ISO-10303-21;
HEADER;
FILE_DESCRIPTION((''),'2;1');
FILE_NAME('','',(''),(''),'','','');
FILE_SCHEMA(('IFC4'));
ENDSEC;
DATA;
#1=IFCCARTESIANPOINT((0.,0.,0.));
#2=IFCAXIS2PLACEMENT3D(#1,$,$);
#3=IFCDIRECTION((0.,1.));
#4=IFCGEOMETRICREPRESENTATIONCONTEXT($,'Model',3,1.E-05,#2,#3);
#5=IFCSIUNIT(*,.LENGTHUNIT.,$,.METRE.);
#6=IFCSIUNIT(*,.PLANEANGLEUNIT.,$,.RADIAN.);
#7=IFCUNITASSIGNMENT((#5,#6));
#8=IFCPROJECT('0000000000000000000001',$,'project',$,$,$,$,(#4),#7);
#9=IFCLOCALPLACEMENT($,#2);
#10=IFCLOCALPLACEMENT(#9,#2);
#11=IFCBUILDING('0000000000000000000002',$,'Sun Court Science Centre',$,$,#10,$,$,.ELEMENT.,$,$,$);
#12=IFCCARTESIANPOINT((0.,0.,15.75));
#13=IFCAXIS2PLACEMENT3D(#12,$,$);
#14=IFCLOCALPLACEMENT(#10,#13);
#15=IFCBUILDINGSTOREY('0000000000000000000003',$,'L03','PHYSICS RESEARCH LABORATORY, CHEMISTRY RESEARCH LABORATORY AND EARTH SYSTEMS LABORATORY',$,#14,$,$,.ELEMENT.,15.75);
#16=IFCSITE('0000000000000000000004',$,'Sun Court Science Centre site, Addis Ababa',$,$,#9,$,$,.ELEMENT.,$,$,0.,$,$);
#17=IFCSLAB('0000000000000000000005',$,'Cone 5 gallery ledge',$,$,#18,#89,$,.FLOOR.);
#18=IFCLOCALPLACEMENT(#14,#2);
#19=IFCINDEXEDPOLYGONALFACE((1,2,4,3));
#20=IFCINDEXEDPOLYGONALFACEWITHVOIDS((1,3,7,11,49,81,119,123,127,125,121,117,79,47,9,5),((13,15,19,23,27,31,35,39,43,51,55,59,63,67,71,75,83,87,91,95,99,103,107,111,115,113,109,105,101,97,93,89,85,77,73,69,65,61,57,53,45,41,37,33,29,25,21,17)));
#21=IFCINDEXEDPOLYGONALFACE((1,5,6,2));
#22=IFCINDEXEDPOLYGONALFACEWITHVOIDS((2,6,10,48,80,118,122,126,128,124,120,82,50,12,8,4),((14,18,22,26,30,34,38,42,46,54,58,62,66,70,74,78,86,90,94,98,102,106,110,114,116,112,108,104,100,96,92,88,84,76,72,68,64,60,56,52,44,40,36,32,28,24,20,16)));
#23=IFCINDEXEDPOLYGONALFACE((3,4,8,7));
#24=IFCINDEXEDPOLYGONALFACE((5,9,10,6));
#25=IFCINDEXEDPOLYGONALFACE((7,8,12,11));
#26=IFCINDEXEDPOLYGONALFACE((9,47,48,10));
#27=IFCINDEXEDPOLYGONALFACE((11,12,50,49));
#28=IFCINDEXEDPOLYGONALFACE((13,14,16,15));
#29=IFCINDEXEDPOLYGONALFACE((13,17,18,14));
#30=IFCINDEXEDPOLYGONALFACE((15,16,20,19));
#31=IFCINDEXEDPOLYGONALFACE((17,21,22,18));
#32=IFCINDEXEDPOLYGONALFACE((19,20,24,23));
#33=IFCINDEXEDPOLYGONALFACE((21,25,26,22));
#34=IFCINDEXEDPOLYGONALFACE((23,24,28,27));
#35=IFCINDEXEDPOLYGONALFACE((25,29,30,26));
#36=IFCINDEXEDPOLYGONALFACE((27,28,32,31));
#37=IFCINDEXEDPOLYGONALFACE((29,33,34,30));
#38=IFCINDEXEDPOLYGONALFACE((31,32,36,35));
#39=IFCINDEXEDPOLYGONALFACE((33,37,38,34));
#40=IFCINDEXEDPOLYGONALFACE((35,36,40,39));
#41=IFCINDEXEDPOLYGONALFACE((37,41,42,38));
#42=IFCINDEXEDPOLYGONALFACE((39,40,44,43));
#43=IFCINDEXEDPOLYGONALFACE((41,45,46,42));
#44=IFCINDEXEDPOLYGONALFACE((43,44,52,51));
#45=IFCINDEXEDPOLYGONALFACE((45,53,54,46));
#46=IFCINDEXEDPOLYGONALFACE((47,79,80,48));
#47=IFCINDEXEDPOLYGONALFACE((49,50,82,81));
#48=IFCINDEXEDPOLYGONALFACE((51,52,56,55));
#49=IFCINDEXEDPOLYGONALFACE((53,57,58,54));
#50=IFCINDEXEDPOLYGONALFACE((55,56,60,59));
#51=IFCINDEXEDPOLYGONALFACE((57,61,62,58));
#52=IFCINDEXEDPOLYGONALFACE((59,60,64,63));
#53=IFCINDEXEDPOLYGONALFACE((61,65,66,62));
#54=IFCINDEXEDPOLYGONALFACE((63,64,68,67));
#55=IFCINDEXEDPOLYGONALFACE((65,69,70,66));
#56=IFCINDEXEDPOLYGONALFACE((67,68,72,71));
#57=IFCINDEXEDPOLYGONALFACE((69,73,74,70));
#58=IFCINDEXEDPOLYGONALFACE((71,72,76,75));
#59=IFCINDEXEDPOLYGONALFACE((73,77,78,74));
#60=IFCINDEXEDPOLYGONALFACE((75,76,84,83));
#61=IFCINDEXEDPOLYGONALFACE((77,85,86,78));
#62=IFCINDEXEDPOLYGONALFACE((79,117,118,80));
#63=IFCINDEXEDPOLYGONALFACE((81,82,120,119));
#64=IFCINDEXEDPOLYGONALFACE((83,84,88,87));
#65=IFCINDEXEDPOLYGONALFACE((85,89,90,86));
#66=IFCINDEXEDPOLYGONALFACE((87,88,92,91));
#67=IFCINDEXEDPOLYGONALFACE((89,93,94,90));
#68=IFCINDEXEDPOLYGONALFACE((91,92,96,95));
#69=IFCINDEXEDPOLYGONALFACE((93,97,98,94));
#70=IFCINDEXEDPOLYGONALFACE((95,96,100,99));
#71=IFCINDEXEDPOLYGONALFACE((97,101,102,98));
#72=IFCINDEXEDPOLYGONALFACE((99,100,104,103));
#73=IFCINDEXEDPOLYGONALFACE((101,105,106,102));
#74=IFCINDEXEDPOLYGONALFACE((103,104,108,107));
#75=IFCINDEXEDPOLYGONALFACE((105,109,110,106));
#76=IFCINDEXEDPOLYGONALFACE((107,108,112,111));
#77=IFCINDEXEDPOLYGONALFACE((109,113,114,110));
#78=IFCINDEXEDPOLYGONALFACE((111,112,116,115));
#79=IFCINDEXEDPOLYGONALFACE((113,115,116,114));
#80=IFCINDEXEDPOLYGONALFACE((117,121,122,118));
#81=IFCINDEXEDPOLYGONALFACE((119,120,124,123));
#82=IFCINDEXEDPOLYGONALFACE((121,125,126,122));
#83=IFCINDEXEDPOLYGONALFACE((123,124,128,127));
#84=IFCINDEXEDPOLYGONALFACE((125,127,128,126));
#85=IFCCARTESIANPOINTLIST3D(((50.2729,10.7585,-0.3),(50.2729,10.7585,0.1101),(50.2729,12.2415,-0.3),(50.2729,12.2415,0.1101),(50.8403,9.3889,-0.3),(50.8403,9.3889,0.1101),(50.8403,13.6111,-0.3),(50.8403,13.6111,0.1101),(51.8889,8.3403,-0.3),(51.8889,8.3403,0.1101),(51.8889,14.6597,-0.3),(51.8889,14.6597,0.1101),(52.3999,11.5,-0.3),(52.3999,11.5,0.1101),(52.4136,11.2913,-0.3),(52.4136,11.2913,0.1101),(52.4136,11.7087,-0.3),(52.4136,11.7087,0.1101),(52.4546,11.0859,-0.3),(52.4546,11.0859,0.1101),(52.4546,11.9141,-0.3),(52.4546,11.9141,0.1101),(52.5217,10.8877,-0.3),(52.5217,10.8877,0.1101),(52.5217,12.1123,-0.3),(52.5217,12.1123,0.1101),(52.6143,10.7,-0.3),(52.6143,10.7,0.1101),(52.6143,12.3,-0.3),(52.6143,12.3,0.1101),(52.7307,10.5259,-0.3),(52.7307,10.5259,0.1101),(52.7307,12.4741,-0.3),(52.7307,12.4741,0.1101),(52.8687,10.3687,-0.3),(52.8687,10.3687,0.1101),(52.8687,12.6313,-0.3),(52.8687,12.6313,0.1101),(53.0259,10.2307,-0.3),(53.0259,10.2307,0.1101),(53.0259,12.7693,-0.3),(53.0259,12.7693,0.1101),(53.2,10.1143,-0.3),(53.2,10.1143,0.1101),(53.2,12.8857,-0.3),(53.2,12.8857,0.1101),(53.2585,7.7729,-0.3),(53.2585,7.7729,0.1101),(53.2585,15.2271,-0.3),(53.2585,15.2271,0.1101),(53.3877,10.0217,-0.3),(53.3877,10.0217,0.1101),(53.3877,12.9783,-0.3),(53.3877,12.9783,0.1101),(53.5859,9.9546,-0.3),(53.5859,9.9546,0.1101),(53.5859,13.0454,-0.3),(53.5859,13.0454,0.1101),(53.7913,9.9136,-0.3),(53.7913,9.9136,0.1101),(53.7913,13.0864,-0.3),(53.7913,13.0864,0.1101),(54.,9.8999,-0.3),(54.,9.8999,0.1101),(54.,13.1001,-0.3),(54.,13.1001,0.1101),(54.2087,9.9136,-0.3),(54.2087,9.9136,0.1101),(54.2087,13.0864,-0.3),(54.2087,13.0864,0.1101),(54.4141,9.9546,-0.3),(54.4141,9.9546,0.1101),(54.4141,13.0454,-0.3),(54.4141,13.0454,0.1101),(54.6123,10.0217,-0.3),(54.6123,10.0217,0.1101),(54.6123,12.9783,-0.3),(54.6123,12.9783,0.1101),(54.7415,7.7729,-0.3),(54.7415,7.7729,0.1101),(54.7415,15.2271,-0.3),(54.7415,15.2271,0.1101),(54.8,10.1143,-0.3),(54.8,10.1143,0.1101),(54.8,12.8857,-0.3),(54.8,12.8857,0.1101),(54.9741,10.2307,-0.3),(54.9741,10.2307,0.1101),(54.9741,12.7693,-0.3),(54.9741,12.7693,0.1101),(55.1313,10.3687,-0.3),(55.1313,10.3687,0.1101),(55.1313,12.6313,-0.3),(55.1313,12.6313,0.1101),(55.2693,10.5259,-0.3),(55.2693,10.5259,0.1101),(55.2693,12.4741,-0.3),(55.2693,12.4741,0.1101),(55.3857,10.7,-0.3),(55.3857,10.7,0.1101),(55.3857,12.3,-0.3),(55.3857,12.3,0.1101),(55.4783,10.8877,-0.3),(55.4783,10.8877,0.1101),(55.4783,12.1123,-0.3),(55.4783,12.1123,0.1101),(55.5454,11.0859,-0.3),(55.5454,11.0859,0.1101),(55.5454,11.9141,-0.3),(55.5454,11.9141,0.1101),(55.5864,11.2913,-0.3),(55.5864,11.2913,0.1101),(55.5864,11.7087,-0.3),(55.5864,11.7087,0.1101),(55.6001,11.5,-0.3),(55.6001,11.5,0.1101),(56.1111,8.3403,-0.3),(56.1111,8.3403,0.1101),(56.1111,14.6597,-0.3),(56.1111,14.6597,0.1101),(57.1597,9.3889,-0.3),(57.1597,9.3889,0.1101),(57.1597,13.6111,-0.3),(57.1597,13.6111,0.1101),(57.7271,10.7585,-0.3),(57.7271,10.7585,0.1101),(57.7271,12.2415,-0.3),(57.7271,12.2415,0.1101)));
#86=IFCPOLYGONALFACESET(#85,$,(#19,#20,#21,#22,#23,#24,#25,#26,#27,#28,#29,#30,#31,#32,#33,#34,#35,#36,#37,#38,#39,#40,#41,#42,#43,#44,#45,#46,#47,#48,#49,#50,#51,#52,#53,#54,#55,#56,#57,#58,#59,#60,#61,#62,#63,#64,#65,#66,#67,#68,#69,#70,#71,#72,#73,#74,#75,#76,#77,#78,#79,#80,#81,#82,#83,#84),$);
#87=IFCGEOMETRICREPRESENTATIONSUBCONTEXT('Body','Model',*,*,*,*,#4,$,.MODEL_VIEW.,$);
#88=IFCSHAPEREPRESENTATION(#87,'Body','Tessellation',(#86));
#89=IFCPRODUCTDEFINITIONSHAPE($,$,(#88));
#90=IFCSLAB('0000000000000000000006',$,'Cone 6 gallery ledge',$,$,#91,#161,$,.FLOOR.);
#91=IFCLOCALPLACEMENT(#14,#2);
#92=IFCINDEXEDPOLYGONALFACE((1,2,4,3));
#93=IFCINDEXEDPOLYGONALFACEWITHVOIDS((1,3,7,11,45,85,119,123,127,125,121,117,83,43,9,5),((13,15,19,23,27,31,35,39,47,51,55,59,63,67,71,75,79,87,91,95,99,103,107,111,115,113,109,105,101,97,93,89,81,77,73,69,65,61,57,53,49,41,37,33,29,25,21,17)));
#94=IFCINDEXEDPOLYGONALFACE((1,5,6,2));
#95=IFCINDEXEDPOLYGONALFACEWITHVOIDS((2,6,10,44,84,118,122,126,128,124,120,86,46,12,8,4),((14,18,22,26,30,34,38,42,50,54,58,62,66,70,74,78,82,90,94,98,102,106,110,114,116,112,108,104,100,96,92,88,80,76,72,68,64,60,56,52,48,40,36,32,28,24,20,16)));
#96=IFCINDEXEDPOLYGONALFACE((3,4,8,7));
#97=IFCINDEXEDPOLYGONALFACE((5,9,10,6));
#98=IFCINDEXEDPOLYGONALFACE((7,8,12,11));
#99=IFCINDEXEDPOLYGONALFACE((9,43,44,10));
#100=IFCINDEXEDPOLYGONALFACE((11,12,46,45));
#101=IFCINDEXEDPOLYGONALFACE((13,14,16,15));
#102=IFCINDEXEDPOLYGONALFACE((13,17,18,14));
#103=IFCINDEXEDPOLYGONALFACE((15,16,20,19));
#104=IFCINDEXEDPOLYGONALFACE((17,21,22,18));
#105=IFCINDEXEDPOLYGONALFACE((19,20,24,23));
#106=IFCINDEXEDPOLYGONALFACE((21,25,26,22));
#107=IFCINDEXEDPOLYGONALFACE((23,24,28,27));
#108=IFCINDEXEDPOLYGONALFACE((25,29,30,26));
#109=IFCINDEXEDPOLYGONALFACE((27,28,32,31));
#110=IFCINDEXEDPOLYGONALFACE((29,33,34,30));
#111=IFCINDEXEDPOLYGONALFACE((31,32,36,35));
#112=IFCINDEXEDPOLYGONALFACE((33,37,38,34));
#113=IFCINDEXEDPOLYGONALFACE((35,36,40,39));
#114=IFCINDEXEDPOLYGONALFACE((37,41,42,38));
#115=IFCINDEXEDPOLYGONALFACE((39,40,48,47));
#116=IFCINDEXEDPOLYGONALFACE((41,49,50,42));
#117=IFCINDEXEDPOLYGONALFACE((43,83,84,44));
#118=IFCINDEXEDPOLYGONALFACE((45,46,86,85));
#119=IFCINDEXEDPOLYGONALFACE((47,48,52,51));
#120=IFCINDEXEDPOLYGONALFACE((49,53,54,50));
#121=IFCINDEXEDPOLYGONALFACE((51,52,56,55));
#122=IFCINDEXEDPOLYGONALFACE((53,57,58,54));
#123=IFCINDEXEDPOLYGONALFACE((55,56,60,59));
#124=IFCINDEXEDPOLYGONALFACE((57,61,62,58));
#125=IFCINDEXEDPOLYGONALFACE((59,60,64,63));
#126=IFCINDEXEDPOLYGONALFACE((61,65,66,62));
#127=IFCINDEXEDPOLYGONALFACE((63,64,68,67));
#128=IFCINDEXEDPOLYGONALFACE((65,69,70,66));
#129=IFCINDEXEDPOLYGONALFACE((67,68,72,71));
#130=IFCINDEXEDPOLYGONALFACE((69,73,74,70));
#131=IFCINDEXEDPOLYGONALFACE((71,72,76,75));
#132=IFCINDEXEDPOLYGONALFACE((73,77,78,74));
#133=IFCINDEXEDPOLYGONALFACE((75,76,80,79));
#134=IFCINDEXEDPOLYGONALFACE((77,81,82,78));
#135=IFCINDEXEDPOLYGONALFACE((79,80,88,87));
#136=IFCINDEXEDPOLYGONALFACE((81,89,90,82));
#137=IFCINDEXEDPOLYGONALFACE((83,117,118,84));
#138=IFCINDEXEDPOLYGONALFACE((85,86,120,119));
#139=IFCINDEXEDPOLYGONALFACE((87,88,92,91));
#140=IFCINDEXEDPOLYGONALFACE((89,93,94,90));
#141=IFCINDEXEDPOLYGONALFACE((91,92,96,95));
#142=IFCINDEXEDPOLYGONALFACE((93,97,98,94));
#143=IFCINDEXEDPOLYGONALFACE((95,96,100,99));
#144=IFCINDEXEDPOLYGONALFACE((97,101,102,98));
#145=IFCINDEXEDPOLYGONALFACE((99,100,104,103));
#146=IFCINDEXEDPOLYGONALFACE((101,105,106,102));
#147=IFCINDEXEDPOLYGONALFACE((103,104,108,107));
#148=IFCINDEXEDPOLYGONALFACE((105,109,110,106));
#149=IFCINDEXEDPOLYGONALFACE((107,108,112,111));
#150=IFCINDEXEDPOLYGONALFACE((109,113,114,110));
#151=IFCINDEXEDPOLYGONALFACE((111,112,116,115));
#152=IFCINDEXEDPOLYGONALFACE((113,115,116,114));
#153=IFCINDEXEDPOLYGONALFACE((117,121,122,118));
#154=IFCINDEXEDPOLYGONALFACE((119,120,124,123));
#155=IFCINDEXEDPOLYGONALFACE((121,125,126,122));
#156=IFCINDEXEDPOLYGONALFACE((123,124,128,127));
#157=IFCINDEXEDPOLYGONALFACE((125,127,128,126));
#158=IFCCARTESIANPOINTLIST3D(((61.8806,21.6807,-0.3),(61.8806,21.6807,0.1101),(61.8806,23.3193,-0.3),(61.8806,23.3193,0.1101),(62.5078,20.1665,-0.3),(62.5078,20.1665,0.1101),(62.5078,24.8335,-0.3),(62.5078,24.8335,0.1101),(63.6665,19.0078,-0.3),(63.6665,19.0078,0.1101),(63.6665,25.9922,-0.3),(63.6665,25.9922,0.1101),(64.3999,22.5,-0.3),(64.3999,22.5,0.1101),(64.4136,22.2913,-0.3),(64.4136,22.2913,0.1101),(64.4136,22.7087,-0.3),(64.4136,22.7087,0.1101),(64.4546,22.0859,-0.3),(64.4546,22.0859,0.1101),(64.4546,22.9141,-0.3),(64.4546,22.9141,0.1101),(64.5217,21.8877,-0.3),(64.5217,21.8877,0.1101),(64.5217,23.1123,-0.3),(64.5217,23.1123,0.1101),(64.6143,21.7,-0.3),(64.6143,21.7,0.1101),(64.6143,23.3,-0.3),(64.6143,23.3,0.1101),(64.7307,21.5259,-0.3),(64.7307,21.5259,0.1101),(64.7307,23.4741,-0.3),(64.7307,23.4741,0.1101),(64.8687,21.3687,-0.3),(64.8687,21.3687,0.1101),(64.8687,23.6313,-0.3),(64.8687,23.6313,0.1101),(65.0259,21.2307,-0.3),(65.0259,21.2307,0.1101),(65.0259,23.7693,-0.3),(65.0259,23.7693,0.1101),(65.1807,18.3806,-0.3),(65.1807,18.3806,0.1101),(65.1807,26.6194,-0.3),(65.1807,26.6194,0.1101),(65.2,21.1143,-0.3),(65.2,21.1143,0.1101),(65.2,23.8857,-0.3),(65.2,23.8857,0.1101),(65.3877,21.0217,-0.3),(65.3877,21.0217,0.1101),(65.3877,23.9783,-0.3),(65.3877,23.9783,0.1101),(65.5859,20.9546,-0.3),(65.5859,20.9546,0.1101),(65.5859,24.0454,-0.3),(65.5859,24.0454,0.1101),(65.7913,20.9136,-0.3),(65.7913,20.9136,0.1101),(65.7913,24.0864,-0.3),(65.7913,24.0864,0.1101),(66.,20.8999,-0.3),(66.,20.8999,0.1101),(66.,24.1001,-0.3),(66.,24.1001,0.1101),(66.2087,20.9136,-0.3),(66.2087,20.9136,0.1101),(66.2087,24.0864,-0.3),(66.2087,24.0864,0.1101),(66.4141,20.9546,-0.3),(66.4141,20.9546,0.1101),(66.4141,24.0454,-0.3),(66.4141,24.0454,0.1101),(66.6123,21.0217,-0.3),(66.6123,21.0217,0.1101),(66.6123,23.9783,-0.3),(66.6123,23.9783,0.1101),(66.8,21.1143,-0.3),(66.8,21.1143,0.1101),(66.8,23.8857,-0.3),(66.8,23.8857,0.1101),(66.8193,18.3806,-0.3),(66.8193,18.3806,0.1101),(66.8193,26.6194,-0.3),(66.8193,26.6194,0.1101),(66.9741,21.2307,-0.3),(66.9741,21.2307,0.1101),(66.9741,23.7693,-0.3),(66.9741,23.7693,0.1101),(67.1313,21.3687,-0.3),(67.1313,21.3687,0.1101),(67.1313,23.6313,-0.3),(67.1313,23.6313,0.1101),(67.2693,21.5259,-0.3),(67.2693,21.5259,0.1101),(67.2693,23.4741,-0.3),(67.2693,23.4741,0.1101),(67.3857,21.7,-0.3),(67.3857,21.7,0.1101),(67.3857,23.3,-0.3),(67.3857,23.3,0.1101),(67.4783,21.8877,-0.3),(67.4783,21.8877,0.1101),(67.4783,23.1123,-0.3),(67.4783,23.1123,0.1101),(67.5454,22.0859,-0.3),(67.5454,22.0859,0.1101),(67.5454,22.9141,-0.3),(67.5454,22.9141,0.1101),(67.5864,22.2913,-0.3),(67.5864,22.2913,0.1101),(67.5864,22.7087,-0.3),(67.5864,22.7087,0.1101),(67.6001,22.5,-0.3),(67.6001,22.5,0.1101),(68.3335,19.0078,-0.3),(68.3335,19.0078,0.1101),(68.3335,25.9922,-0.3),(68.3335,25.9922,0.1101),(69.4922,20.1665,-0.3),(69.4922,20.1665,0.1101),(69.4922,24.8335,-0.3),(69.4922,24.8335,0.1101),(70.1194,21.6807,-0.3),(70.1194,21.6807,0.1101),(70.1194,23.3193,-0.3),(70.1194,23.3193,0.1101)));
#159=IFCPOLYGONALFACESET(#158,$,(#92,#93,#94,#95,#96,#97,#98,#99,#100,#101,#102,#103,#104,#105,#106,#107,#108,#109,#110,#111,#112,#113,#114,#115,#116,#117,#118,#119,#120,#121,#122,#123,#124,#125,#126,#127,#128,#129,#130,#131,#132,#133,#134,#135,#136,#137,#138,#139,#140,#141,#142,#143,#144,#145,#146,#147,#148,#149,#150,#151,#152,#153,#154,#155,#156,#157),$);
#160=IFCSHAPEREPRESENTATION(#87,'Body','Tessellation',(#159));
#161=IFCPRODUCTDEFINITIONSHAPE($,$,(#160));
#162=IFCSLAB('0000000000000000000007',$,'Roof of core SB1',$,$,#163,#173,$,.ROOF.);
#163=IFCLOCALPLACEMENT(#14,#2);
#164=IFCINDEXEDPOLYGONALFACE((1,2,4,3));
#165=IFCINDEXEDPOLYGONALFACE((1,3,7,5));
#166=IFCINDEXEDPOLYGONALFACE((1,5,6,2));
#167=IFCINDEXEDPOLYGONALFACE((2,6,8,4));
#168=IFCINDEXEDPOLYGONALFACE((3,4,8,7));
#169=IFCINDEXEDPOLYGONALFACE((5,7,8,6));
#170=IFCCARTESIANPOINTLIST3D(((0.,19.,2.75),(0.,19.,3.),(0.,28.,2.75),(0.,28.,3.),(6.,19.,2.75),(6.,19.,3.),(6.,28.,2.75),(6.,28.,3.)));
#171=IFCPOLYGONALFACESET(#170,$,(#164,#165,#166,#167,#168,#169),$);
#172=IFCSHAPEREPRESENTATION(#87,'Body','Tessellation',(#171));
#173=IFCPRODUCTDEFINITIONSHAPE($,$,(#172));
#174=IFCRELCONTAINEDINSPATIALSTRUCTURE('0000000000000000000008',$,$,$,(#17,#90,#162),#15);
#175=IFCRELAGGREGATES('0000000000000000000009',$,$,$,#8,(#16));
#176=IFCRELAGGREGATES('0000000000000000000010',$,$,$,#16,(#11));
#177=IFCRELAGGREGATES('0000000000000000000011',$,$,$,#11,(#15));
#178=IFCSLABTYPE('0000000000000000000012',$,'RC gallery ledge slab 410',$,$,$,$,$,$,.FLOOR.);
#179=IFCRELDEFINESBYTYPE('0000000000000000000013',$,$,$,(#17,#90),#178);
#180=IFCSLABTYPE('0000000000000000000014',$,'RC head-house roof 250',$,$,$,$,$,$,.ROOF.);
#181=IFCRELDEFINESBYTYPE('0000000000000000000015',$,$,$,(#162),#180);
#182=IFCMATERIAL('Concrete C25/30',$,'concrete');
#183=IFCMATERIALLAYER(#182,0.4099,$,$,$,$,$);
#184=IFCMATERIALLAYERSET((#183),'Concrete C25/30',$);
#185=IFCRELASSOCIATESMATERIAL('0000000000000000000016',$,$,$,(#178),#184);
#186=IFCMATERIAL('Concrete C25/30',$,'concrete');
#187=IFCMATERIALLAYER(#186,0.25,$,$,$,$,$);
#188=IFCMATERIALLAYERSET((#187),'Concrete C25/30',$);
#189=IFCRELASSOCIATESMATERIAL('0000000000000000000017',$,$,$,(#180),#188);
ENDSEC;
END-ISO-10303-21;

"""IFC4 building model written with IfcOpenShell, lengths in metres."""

from ifc_helpers import new_model, si_unit, direction, frame, origin, place, context, subcontext, project, spatial, polyline, outline, extrude, material, layer, layer_set, type_object, element, save


model = new_model("IFC4")

# Units and contexts
model_context = context("Model", 3, precision=1e-05, world=origin(), true_north=direction((0.0, 1.0)))
body_context = subcontext(model_context, "Body", "Model", "MODEL_VIEW")
ifc_project = project(units=[si_unit("LENGTHUNIT", "METRE"), si_unit("PLANEANGLEUNIT", "RADIAN")], contexts=[model_context])

# Site, building, storey
site_placement = place(None, origin())
site = spatial("IfcSite", under=ifc_project, at=site_placement, Name="Sun Court Science Centre site, Addis Ababa", CompositionType="ELEMENT", RefElevation=0.0)
building_placement = place(site_placement, origin())
building = spatial("IfcBuilding", under=site, at=building_placement, Name="Sun Court Science Centre", CompositionType="ELEMENT")
storey_placement = place(building_placement, frame((0.0, 0.0, 15.75)))
storey = spatial("IfcBuildingStorey", under=building, at=storey_placement, Name="L03", Description="PHYSICS RESEARCH LABORATORY, CHEMISTRY RESEARCH LABORATORY AND EARTH SYSTEMS LABORATORY", CompositionType="ELEMENT", Elevation=15.75)

# Slabs
ifc_material_1 = material(Name="Concrete C25/30", Category="concrete")
ifc_layer_1 = layer(ifc_material_1, 0.4099)
ifc_layer_set_1 = layer_set([ifc_layer_1], Name="Concrete C25/30")
slab_type_1 = type_object("IfcSlabType", Name="RC gallery ledge slab 410", PredefinedType="FLOOR", material=ifc_layer_set_1)
slab_1_placement = place(storey_placement, frame((0.0, 0.0, -0.3)))
element("IfcSlab", 1, at=slab_1_placement, inside=storey, type_object=slab_type_1, Name="Cone 5 gallery ledge", PredefinedType="FLOOR", context=body_context, shape_type="SweptSolid", body=[
    extrude(outline(polyline([(57.7271, 10.7585), (57.7271, 12.2415), (57.1597, 13.6111), (56.1111, 14.6597), (54.7415, 15.2271), (53.2585, 15.2271), (51.8889, 14.6597), (50.8403, 13.6111), (50.2729, 12.2415), (50.2729, 10.7585), (50.8403, 9.3889), (51.8889, 8.3403), (53.2585, 7.7729), (54.7415, 7.7729), (56.1111, 8.3403), (57.1597, 9.3889), (57.7271, 10.7585)]), holes=[polyline([(55.5864, 11.7087), (55.6001, 11.5), (55.5864, 11.2913), (55.5454, 11.0859), (55.4783, 10.8877), (55.3857, 10.7), (55.2693, 10.5259), (55.1313, 10.3687), (54.9741, 10.2307), (54.8, 10.1143), (54.6123, 10.0217), (54.4141, 9.9546), (54.2087, 9.9136), (54.0, 9.8999), (53.7913, 9.9136), (53.5859, 9.9546), (53.3877, 10.0217), (53.2, 10.1143), (53.0259, 10.2307), (52.8687, 10.3687), (52.7307, 10.5259), (52.6143, 10.7), (52.5217, 10.8877), (52.4546, 11.0859), (52.4136, 11.2913), (52.3999, 11.5), (52.4136, 11.7087), (52.4546, 11.9141), (52.5217, 12.1123), (52.6143, 12.3), (52.7307, 12.4741), (52.8687, 12.6313), (53.0259, 12.7693), (53.2, 12.8857), (53.3877, 12.9783), (53.5859, 13.0454), (53.7913, 13.0864), (54.0, 13.1001), (54.2087, 13.0864), (54.4141, 13.0454), (54.6123, 12.9783), (54.8, 12.8857), (54.9741, 12.7693), (55.1313, 12.6313), (55.2693, 12.4741), (55.3857, 12.3), (55.4783, 12.1123), (55.5454, 11.9141), (55.5864, 11.7087)])]), origin(), (0.0, 0.0, 1.0), 0.4102),
])
slab_2_placement = place(storey_placement, frame((0.0, 0.0, -0.3)))
element("IfcSlab", 2, at=slab_2_placement, inside=storey, type_object=slab_type_1, Name="Cone 6 gallery ledge", PredefinedType="FLOOR", context=body_context, shape_type="SweptSolid", body=[
    extrude(outline(polyline([(70.1194, 21.6807), (70.1194, 23.3193), (69.4922, 24.8335), (68.3335, 25.9922), (66.8193, 26.6194), (65.1807, 26.6194), (63.6665, 25.9922), (62.5078, 24.8335), (61.8806, 23.3193), (61.8806, 21.6807), (62.5078, 20.1665), (63.6665, 19.0078), (65.1807, 18.3806), (66.8193, 18.3806), (68.3335, 19.0078), (69.4922, 20.1665), (70.1194, 21.6807)]), holes=[polyline([(67.5864, 22.7087), (67.6001, 22.5), (67.5864, 22.2913), (67.5454, 22.0859), (67.4783, 21.8877), (67.3857, 21.7), (67.2693, 21.5259), (67.1313, 21.3687), (66.9741, 21.2307), (66.8, 21.1143), (66.6123, 21.0217), (66.4141, 20.9546), (66.2087, 20.9136), (66.0, 20.8999), (65.7913, 20.9136), (65.5859, 20.9546), (65.3877, 21.0217), (65.2, 21.1143), (65.0259, 21.2307), (64.8687, 21.3687), (64.7307, 21.5259), (64.6143, 21.7), (64.5217, 21.8877), (64.4546, 22.0859), (64.4136, 22.2913), (64.3999, 22.5), (64.4136, 22.7087), (64.4546, 22.9141), (64.5217, 23.1123), (64.6143, 23.3), (64.7307, 23.4741), (64.8687, 23.6313), (65.0259, 23.7693), (65.2, 23.8857), (65.3877, 23.9783), (65.5859, 24.0454), (65.7913, 24.0864), (66.0, 24.1001), (66.2087, 24.0864), (66.4141, 24.0454), (66.6123, 23.9783), (66.8, 23.8857), (66.9741, 23.7693), (67.1313, 23.6313), (67.2693, 23.4741), (67.3857, 23.3), (67.4783, 23.1123), (67.5454, 22.9141), (67.5864, 22.7087)])]), origin(), (0.0, 0.0, 1.0), 0.4102),
])
ifc_material_2 = material(Name="Concrete C25/30", Category="concrete")
ifc_layer_2 = layer(ifc_material_2, 0.25)
ifc_layer_set_2 = layer_set([ifc_layer_2], Name="Concrete C25/30")
slab_type_2 = type_object("IfcSlabType", Name="RC head-house roof 250", PredefinedType="ROOF", material=ifc_layer_set_2)
slab_3_placement = place(storey_placement, frame((0.0, 0.0, 2.75)))
element("IfcSlab", 3, at=slab_3_placement, inside=storey, type_object=slab_type_2, Name="Roof of core SB1", PredefinedType="ROOF", context=body_context, shape_type="SweptSolid", body=[
    extrude(outline(polyline([(0.0, 19.0), (6.0, 19.0), (6.0, 28.0), (0.0, 28.0), (0.0, 19.0)])), origin(), (0.0, 0.0, 1.0), 0.25),
])

save(model, "model.ifc")
